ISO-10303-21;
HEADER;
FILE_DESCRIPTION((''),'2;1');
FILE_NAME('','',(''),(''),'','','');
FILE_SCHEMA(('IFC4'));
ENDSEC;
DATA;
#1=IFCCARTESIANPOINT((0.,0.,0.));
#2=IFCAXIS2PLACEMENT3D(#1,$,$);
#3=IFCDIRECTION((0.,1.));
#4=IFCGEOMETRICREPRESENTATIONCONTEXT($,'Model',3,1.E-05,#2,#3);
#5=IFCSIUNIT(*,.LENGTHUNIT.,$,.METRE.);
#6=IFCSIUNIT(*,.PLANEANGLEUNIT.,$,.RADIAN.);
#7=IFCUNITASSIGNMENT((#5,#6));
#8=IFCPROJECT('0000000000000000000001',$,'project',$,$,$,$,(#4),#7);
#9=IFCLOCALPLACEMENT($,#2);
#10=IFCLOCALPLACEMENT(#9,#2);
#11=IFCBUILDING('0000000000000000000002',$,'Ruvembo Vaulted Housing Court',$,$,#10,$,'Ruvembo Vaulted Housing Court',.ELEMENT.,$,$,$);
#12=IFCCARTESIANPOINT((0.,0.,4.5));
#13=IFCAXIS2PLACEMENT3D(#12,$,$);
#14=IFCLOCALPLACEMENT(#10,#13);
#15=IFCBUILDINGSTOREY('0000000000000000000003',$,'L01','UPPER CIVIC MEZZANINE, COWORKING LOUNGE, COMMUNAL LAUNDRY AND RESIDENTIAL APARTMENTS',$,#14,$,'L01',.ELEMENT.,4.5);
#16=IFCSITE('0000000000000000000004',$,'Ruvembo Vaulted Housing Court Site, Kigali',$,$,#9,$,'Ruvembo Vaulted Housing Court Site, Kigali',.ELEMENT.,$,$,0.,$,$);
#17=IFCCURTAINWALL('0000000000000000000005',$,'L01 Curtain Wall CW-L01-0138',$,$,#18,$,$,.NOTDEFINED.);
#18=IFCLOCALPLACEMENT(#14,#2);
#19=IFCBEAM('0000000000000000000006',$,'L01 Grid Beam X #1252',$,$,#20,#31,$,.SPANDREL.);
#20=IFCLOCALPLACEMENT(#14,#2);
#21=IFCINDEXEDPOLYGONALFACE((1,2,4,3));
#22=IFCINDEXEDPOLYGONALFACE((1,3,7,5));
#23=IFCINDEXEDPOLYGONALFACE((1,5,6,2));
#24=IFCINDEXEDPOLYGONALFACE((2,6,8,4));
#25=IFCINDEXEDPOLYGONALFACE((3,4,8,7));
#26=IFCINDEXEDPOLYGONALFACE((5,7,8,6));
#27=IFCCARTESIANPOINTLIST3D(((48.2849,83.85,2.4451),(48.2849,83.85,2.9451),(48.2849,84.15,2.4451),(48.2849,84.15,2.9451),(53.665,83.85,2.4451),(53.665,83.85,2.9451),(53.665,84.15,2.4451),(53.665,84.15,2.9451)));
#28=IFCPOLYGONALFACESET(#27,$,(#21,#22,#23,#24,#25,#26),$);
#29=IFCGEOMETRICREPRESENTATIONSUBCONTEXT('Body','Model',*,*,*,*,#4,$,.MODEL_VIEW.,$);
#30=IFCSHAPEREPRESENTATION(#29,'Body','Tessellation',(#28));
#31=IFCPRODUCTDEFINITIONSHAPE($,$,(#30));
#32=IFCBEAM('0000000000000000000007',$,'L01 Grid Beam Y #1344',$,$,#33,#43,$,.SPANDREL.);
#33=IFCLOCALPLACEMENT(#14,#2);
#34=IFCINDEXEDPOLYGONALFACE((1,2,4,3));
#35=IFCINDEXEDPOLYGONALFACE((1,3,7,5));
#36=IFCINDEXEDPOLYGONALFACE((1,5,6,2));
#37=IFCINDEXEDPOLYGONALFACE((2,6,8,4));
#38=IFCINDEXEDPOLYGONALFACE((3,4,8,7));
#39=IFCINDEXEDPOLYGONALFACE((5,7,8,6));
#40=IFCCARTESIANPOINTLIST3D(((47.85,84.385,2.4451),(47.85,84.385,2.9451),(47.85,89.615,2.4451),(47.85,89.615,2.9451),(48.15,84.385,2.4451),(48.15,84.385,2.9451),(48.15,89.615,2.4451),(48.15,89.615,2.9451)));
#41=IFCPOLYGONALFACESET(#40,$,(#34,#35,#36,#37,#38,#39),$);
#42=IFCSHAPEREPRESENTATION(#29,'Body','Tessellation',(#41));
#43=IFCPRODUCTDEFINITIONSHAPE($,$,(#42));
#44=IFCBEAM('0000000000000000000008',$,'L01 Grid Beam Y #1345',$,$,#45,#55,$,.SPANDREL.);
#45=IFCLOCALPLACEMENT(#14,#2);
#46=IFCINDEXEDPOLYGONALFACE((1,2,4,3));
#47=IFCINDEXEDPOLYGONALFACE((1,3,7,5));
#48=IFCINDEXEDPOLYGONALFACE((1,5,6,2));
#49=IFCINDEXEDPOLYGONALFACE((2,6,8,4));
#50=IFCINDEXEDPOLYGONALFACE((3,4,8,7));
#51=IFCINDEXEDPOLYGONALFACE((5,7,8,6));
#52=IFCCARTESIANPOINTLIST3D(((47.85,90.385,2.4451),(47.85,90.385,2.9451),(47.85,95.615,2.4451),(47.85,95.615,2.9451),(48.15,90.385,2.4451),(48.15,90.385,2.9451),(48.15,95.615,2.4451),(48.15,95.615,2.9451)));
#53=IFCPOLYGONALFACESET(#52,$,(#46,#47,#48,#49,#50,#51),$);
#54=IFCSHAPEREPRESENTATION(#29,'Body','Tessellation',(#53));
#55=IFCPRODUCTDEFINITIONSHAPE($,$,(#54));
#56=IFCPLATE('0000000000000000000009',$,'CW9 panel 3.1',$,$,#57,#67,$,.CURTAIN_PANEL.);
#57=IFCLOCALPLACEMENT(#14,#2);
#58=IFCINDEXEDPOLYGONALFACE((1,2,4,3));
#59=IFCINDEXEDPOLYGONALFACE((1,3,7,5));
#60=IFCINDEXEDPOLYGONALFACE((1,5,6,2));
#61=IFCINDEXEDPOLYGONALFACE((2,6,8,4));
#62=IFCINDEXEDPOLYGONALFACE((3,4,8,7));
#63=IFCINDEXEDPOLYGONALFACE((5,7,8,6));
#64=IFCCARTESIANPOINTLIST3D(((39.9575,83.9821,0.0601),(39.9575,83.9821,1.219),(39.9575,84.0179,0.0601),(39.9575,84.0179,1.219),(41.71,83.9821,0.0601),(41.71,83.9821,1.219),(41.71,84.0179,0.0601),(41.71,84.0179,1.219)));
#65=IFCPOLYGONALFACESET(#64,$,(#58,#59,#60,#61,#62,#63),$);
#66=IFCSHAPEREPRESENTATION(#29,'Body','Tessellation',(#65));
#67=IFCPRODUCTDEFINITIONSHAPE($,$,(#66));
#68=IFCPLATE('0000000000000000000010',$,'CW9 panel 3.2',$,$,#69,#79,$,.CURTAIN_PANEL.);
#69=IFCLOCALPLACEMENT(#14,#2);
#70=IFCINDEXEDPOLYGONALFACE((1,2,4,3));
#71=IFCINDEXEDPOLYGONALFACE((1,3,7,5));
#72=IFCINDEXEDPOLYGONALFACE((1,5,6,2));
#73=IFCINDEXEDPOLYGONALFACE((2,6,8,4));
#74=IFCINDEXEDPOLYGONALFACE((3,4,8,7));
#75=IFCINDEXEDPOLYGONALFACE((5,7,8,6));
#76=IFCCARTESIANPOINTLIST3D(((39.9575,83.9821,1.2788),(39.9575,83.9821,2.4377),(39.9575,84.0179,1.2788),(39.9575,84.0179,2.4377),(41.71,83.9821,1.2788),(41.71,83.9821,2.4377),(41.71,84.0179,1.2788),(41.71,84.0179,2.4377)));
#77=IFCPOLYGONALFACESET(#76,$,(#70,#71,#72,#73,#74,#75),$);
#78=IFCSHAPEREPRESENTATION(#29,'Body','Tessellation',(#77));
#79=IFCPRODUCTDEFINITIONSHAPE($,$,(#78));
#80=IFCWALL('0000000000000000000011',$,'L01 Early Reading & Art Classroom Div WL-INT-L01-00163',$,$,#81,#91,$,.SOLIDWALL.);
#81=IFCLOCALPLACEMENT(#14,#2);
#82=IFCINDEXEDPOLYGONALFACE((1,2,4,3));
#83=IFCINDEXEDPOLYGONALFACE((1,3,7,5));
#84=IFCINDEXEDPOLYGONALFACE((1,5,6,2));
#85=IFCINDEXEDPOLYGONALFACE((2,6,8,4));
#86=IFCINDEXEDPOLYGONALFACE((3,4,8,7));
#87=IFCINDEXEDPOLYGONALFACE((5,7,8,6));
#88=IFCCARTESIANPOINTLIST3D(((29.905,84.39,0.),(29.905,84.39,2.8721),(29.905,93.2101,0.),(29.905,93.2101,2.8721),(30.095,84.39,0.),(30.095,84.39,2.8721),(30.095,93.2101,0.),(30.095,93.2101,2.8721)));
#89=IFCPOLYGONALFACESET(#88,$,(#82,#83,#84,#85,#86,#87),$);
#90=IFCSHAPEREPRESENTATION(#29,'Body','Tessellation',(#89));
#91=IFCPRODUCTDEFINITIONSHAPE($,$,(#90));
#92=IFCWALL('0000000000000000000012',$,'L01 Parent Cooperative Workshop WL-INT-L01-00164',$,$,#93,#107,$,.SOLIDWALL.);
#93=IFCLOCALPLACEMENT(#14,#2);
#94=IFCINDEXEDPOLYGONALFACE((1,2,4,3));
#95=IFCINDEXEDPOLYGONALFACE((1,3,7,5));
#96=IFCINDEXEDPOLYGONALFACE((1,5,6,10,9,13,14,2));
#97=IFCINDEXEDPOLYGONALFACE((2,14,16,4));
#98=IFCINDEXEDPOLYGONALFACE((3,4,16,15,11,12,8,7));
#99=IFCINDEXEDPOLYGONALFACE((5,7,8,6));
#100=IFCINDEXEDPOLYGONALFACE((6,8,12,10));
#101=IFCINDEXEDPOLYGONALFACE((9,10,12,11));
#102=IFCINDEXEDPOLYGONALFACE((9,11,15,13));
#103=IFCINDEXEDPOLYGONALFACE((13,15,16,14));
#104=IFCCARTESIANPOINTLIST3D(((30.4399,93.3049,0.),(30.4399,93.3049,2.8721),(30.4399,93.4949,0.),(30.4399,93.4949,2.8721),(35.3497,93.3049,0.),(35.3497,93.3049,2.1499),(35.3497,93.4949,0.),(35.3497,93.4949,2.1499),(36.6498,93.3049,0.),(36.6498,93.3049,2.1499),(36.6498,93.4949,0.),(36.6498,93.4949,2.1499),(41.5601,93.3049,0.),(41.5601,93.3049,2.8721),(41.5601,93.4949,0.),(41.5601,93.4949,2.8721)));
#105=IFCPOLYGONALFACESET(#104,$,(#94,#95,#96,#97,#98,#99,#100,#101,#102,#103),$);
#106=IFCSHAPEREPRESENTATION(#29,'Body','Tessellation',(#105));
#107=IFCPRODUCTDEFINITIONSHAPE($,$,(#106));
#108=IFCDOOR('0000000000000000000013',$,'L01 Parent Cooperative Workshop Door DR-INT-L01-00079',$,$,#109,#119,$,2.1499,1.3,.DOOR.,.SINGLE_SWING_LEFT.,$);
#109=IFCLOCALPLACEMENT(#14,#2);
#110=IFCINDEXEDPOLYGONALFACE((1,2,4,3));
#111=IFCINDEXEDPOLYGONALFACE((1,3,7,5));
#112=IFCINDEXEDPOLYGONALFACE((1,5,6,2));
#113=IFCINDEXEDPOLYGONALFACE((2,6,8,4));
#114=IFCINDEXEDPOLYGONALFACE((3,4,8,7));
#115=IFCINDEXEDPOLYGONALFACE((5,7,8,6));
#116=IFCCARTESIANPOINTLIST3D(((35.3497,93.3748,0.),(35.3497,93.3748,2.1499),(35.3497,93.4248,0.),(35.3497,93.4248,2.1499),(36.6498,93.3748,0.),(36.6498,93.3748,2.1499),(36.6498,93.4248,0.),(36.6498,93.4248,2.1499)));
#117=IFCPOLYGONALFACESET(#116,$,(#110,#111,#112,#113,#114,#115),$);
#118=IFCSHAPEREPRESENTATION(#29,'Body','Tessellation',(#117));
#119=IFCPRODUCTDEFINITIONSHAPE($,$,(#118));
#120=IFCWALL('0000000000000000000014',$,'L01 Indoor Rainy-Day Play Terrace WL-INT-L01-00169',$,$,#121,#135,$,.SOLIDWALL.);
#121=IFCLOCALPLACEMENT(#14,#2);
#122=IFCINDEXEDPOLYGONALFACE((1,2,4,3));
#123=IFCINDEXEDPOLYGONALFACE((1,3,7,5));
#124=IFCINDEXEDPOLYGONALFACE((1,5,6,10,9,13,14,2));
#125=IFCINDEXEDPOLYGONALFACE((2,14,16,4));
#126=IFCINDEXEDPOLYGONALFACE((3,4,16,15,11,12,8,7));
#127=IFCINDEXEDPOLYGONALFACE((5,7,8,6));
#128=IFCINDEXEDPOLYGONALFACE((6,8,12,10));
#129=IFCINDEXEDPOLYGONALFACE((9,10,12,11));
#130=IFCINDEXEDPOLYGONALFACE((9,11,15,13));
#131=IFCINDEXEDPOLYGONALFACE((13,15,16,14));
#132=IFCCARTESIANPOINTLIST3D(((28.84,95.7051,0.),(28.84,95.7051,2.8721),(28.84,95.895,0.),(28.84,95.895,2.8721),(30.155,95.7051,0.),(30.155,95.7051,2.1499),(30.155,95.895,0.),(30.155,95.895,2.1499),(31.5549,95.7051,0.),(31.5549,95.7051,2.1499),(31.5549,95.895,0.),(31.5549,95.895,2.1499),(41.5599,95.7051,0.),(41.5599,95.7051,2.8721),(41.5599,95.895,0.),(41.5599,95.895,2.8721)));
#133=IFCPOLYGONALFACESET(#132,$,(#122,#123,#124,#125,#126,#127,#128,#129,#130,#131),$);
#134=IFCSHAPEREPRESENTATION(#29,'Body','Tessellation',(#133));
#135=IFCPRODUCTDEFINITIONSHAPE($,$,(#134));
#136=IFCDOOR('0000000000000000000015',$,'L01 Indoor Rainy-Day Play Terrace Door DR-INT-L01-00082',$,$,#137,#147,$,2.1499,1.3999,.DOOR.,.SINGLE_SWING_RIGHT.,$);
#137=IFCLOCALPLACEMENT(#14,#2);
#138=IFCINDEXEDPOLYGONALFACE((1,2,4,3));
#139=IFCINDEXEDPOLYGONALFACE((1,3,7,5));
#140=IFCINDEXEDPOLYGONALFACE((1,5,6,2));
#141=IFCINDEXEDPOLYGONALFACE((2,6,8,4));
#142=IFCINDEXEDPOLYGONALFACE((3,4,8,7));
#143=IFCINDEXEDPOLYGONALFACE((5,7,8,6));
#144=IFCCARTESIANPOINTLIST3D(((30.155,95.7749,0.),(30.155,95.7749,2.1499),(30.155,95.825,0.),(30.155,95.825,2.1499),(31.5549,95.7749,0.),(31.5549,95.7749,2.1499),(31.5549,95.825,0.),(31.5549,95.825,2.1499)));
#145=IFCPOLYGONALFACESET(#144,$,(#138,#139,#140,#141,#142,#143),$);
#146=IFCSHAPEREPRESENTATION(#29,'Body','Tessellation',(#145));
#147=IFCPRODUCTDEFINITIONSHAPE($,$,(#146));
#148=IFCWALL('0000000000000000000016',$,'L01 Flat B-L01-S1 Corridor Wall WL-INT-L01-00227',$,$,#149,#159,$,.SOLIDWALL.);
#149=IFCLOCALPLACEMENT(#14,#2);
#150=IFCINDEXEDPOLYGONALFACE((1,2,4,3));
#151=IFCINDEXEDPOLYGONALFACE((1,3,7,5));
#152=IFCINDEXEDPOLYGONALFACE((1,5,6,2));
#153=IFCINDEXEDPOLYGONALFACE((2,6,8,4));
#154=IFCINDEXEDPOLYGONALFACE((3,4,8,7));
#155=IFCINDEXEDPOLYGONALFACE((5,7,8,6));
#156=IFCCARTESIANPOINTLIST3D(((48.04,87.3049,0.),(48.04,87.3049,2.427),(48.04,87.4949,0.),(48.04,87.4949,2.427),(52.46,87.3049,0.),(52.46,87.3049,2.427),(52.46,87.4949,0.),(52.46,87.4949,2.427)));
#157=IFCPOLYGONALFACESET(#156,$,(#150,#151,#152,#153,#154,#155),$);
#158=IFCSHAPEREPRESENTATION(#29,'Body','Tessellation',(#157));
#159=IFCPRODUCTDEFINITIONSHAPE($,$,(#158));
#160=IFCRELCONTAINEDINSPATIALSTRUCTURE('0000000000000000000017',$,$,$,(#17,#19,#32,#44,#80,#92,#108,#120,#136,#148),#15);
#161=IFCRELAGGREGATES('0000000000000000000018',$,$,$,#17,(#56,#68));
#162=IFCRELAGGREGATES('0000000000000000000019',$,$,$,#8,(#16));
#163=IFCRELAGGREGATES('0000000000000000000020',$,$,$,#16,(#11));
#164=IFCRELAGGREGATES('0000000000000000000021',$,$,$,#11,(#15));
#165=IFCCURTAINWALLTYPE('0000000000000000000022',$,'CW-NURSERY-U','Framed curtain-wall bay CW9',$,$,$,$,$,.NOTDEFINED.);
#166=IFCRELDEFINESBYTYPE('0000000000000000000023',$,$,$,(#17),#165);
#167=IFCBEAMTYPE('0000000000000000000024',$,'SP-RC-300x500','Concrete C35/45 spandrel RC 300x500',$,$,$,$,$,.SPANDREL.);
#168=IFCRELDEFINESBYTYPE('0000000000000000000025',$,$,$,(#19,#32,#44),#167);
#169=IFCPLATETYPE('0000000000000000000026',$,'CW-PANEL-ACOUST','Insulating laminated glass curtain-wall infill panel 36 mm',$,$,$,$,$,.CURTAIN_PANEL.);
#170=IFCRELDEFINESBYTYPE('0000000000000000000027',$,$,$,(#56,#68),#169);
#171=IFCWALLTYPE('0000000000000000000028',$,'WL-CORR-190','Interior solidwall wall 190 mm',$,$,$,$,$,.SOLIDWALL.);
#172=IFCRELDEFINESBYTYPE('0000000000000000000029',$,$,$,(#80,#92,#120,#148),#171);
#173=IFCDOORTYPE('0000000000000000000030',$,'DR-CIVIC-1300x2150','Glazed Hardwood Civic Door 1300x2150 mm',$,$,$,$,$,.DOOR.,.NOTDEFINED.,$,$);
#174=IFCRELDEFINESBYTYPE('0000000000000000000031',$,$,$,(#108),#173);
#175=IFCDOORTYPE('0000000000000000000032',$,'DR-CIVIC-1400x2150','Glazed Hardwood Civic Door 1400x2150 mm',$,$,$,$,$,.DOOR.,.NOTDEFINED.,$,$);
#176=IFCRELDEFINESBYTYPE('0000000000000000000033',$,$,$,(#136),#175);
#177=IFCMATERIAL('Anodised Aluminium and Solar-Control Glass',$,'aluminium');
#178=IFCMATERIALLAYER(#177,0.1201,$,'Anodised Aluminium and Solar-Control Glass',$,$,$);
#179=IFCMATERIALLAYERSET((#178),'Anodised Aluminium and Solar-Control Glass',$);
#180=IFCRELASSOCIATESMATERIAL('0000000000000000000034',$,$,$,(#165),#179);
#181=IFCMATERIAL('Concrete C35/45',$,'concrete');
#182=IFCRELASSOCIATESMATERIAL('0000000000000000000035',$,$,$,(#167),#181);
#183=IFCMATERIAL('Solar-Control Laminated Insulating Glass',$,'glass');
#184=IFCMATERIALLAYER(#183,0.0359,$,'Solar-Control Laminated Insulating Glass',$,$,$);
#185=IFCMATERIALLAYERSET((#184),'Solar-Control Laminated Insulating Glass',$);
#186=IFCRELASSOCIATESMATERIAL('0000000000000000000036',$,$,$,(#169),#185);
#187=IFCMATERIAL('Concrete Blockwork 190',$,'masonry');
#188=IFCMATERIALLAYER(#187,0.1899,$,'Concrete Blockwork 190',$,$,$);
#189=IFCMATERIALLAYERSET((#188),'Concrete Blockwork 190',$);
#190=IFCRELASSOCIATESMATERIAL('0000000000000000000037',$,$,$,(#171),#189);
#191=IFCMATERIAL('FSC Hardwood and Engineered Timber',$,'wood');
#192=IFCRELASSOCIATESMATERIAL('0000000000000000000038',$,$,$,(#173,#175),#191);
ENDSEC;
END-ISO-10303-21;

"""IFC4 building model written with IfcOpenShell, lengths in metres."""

from ifc_helpers import new_model, si_unit, direction, frame, frame_2d, origin, origin_2d, place, context, subcontext, project, spatial, rectangle, extrude, material, layer, layer_set, material_profile, profile_set, type_object, element, fill, aggregate, save


model = new_model("IFC4")

# Units and contexts
model_context = context("Model", 3, precision=1e-05, world=origin(), true_north=direction((0.0, 1.0)))
body_context = subcontext(model_context, "Body", "Model", "MODEL_VIEW")
ifc_project = project(units=[si_unit("LENGTHUNIT", "METRE"), si_unit("PLANEANGLEUNIT", "RADIAN")], contexts=[model_context])

# Site, building, storey
site_placement = place(None, origin())
site = spatial("IfcSite", under=ifc_project, at=site_placement, Name="Ruvembo Vaulted Housing Court Site, Kigali", LongName="Ruvembo Vaulted Housing Court Site, Kigali", CompositionType="ELEMENT", RefElevation=0.0)
building_placement = place(site_placement, origin())
building = spatial("IfcBuilding", under=site, at=building_placement, Name="Ruvembo Vaulted Housing Court", LongName="Ruvembo Vaulted Housing Court", CompositionType="ELEMENT")
storey_placement = place(building_placement, frame((0.0, 0.0, 4.5)))
storey = spatial("IfcBuildingStorey", under=building, at=storey_placement, Name="L01", Description="UPPER CIVIC MEZZANINE, COWORKING LOUNGE, COMMUNAL LAUNDRY AND RESIDENTIAL APARTMENTS", LongName="L01", CompositionType="ELEMENT", Elevation=4.5)

# Shared definitions
ifc_material_1 = material(Name="Concrete C35/45", Category="concrete")

# Curtain wall
ifc_material_2 = material(Name="Anodised Aluminium and Solar-Control Glass", Category="aluminium")
ifc_layer_1 = layer(ifc_material_2, 0.1201, Name="Anodised Aluminium and Solar-Control Glass")
ifc_layer_set_1 = layer_set([ifc_layer_1], Name="Anodised Aluminium and Solar-Control Glass")
curtain_wall_type = type_object("IfcCurtainWallType", Name="CW-NURSERY-U", Description="Framed curtain-wall bay CW9", PredefinedType="NOTDEFINED", material=ifc_layer_set_1)
curtain_wall_placement = place(storey_placement, origin())
curtain_wall = element("IfcCurtainWall", 1, at=curtain_wall_placement, inside=storey, type_object=curtain_wall_type, Name="L01 Curtain Wall CW-L01-0138", PredefinedType="NOTDEFINED")

# Beams
ifc_material_profile_1 = material_profile(ifc_material_1, rectangle(XDim=0.3, YDim=0.5, at=origin_2d()), Name="RC 300x500")
ifc_profile_set_1 = profile_set([ifc_material_profile_1], Name="Concrete C35/45")
beam_type_1 = type_object("IfcBeamType", Name="SP-RC-300x500", Description="Concrete C35/45 spandrel RC 300x500", PredefinedType="SPANDREL", material=ifc_profile_set_1)
beam_1_placement = place(storey_placement, frame((48.2849, 84.0, 2.6951), z_axis=(1.0, 0.0, 0.0), x_axis=(0.0, 1.0, 0.0)))
element("IfcBeam", 2, at=beam_1_placement, inside=storey, type_object=beam_type_1, Name="L01 Grid Beam X #1252", PredefinedType="SPANDREL", context=body_context, shape_type="SweptSolid", body=[
    extrude(rectangle(XDim=0.3, YDim=0.5, at=origin_2d()), origin(), (0.0, 0.0, 1.0), 5.3801),
])
for number, where, z_axis, x_axis, name in (
    (3, (48.0, 84.385, 2.6951), (0.0, 1.0, 0.0), (-1.0, 0.0, 0.0), "L01 Grid Beam Y #1344"),
    (4, (48.0, 90.385, 2.6951), (0.0, 1.0, 0.0), (-1.0, 0.0, 0.0), "L01 Grid Beam Y #1345"),
):
    element("IfcBeam", number, at=place(storey_placement, frame(where, z_axis=z_axis, x_axis=x_axis)), inside=storey, type_object=beam_type_1, Name=name, PredefinedType="SPANDREL", context=body_context, shape_type="SweptSolid", body=[
        extrude(rectangle(XDim=0.3, YDim=0.5, at=origin_2d()), origin(), (0.0, 0.0, 1.0), 5.23),
    ])

# Plates
ifc_material_3 = material(Name="Solar-Control Laminated Insulating Glass", Category="glass")
ifc_layer_2 = layer(ifc_material_3, 0.0359, Name="Solar-Control Laminated Insulating Glass")
ifc_layer_set_2 = layer_set([ifc_layer_2], Name="Solar-Control Laminated Insulating Glass")
plate_type = type_object("IfcPlateType", Name="CW-PANEL-ACOUST", Description="Insulating laminated glass curtain-wall infill panel 36 mm", PredefinedType="CURTAIN_PANEL", material=ifc_layer_set_2)
plate_1_placement = place(storey_placement, frame((40.8337, 84.0, 0.0601), z_axis=(0.0, 0.0, 1.0), x_axis=(1.0, 0.0, 0.0)))
plate_1 = element("IfcPlate", 5, at=plate_1_placement, type_object=plate_type, Name="CW9 panel 3.1", PredefinedType="CURTAIN_PANEL", context=body_context, shape_type="SweptSolid", body=[
    extrude(rectangle(XDim=1.7524, YDim=0.0359, at=origin_2d()), origin(), (0.0, 0.0, 1.0), 1.1589),
])
plate_2_placement = place(storey_placement, frame((40.8337, 84.0, 1.2788), z_axis=(0.0, 0.0, 1.0), x_axis=(1.0, 0.0, 0.0)))
plate_2 = element("IfcPlate", 6, at=plate_2_placement, type_object=plate_type, Name="CW9 panel 3.2", PredefinedType="CURTAIN_PANEL", context=body_context, shape_type="SweptSolid", body=[
    extrude(rectangle(XDim=1.7524, YDim=0.0359, at=origin_2d()), origin(), (0.0, 0.0, 1.0), 1.1589),
])
aggregate(curtain_wall, [plate_1, plate_2])

# Wall
ifc_material_4 = material(Name="Concrete Blockwork 190", Category="masonry")
ifc_layer_3 = layer(ifc_material_4, 0.1899, Name="Concrete Blockwork 190")
ifc_layer_set_3 = layer_set([ifc_layer_3], Name="Concrete Blockwork 190")
wall_type_1 = type_object("IfcWallType", Name="WL-CORR-190", Description="Interior solidwall wall 190 mm", PredefinedType="SOLIDWALL", material=ifc_layer_set_3)
wall_1_placement = place(storey_placement, frame((30.0, 84.3899, 0.0), z_axis=(0.0, 0.0, 1.0), x_axis=(0.0, 1.0, 0.0)))
element("IfcWall", 7, at=wall_1_placement, inside=storey, type_object=wall_type_1, Name="L01 Early Reading & Art Classroom Div WL-INT-L01-00163", PredefinedType="SOLIDWALL", context=body_context, shape_type="SweptSolid", body=[
    extrude(rectangle(XDim=8.8201, YDim=0.1899, at=frame_2d((4.4102, 0.0))), origin(), (0.0, 0.0, 1.0), 2.8721),
])

# Walls, openings, doors
wall_2_placement = place(storey_placement, frame((30.4399, 93.3999, 0.0), z_axis=(0.0, 0.0, 1.0), x_axis=(1.0, 0.0, 0.0)))
wall_2 = element("IfcWall", 8, at=wall_2_placement, inside=storey, type_object=wall_type_1, Name="L01 Parent Cooperative Workshop WL-INT-L01-00164", PredefinedType="SOLIDWALL", context=body_context, shape_type="SweptSolid", body=[
    extrude(rectangle(XDim=11.1201, YDim=0.1899, at=frame_2d((5.5601, 0.0))), origin(), (0.0, 0.0, 1.0), 2.8721),
])
opening_1_placement = place(wall_2_placement, frame((4.9099, 0.0, 0.0)))
opening_1 = element("IfcOpeningElement", 9, at=opening_1_placement, cuts=wall_2, PredefinedType="OPENING", context=body_context, shape_type="SweptSolid", body=[
    extrude(rectangle(XDim=1.3, YDim=2.1499, at=frame_2d((0.6499, 1.075))), frame((0.0, 0.105, 0.0), z_axis=(0.0, -1.0, 0.0), x_axis=(1.0, 0.0, 0.0)), (0.0, 0.0, 1.0), 0.21),
])
ifc_material_5 = material(Name="FSC Hardwood and Engineered Timber", Category="wood")
door_type_1 = type_object("IfcDoorType", Name="DR-CIVIC-1300x2150", Description="Glazed Hardwood Civic Door 1300x2150 mm", OperationType="NOTDEFINED", PredefinedType="DOOR", material=ifc_material_5)
door_1_placement = place(opening_1_placement, origin())
door_1 = element("IfcDoor", 10, at=door_1_placement, inside=storey, type_object=door_type_1, Name="L01 Parent Cooperative Workshop Door DR-INT-L01-00079", OperationType="SINGLE_SWING_LEFT", OverallHeight=2.1499, OverallWidth=1.3, PredefinedType="DOOR", context=body_context, shape_type="SweptSolid", body=[
    extrude(rectangle(XDim=1.3, YDim=2.1499, at=frame_2d((0.6499, 1.075))), frame((0.0, 0.0249, 0.0), z_axis=(0.0, -1.0, 0.0), x_axis=(1.0, 0.0, 0.0)), (0.0, 0.0, 1.0), 0.05),
])
fill(opening_1, door_1)
wall_3_placement = place(storey_placement, frame((28.8401, 95.8, 0.0), z_axis=(0.0, 0.0, 1.0), x_axis=(1.0, 0.0, 0.0)))
wall_3 = element("IfcWall", 11, at=wall_3_placement, inside=storey, type_object=wall_type_1, Name="L01 Indoor Rainy-Day Play Terrace WL-INT-L01-00169", PredefinedType="SOLIDWALL", context=body_context, shape_type="SweptSolid", body=[
    extrude(rectangle(XDim=12.72, YDim=0.1899, at=frame_2d((6.3599, 0.0))), origin(), (0.0, 0.0, 1.0), 2.8721),
])
opening_2_placement = place(wall_3_placement, frame((1.3149, 0.0, 0.0)))
opening_2 = element("IfcOpeningElement", 12, at=opening_2_placement, cuts=wall_3, PredefinedType="OPENING", context=body_context, shape_type="SweptSolid", body=[
    extrude(rectangle(XDim=1.3999, YDim=2.1499, at=frame_2d((0.7, 1.075))), frame((0.0, 0.105, 0.0), z_axis=(0.0, -1.0, 0.0), x_axis=(1.0, 0.0, 0.0)), (0.0, 0.0, 1.0), 0.21),
])
door_type_2 = type_object("IfcDoorType", Name="DR-CIVIC-1400x2150", Description="Glazed Hardwood Civic Door 1400x2150 mm", OperationType="NOTDEFINED", PredefinedType="DOOR", material=ifc_material_5)
door_2_placement = place(opening_2_placement, origin())
door_2 = element("IfcDoor", 13, at=door_2_placement, inside=storey, type_object=door_type_2, Name="L01 Indoor Rainy-Day Play Terrace Door DR-INT-L01-00082", OperationType="SINGLE_SWING_RIGHT", OverallHeight=2.1499, OverallWidth=1.3999, PredefinedType="DOOR", context=body_context, shape_type="SweptSolid", body=[
    extrude(rectangle(XDim=1.3999, YDim=2.1499, at=frame_2d((0.7, 1.075))), frame((0.0, 0.0249, 0.0), z_axis=(0.0, -1.0, 0.0), x_axis=(1.0, 0.0, 0.0)), (0.0, 0.0, 1.0), 0.05),
])
fill(opening_2, door_2)

# Wall
wall_4_placement = place(storey_placement, frame((48.04, 87.3999, 0.0), z_axis=(0.0, 0.0, 1.0), x_axis=(1.0, 0.0, 0.0)))
element("IfcWall", 14, at=wall_4_placement, inside=storey, type_object=wall_type_1, Name="L01 Flat B-L01-S1 Corridor Wall WL-INT-L01-00227", PredefinedType="SOLIDWALL", context=body_context, shape_type="SweptSolid", body=[
    extrude(rectangle(XDim=4.4199, YDim=0.1899, at=frame_2d((2.21, 0.0))), origin(), (0.0, 0.0, 1.0), 2.427),
])

save(model, "model.ifc")
